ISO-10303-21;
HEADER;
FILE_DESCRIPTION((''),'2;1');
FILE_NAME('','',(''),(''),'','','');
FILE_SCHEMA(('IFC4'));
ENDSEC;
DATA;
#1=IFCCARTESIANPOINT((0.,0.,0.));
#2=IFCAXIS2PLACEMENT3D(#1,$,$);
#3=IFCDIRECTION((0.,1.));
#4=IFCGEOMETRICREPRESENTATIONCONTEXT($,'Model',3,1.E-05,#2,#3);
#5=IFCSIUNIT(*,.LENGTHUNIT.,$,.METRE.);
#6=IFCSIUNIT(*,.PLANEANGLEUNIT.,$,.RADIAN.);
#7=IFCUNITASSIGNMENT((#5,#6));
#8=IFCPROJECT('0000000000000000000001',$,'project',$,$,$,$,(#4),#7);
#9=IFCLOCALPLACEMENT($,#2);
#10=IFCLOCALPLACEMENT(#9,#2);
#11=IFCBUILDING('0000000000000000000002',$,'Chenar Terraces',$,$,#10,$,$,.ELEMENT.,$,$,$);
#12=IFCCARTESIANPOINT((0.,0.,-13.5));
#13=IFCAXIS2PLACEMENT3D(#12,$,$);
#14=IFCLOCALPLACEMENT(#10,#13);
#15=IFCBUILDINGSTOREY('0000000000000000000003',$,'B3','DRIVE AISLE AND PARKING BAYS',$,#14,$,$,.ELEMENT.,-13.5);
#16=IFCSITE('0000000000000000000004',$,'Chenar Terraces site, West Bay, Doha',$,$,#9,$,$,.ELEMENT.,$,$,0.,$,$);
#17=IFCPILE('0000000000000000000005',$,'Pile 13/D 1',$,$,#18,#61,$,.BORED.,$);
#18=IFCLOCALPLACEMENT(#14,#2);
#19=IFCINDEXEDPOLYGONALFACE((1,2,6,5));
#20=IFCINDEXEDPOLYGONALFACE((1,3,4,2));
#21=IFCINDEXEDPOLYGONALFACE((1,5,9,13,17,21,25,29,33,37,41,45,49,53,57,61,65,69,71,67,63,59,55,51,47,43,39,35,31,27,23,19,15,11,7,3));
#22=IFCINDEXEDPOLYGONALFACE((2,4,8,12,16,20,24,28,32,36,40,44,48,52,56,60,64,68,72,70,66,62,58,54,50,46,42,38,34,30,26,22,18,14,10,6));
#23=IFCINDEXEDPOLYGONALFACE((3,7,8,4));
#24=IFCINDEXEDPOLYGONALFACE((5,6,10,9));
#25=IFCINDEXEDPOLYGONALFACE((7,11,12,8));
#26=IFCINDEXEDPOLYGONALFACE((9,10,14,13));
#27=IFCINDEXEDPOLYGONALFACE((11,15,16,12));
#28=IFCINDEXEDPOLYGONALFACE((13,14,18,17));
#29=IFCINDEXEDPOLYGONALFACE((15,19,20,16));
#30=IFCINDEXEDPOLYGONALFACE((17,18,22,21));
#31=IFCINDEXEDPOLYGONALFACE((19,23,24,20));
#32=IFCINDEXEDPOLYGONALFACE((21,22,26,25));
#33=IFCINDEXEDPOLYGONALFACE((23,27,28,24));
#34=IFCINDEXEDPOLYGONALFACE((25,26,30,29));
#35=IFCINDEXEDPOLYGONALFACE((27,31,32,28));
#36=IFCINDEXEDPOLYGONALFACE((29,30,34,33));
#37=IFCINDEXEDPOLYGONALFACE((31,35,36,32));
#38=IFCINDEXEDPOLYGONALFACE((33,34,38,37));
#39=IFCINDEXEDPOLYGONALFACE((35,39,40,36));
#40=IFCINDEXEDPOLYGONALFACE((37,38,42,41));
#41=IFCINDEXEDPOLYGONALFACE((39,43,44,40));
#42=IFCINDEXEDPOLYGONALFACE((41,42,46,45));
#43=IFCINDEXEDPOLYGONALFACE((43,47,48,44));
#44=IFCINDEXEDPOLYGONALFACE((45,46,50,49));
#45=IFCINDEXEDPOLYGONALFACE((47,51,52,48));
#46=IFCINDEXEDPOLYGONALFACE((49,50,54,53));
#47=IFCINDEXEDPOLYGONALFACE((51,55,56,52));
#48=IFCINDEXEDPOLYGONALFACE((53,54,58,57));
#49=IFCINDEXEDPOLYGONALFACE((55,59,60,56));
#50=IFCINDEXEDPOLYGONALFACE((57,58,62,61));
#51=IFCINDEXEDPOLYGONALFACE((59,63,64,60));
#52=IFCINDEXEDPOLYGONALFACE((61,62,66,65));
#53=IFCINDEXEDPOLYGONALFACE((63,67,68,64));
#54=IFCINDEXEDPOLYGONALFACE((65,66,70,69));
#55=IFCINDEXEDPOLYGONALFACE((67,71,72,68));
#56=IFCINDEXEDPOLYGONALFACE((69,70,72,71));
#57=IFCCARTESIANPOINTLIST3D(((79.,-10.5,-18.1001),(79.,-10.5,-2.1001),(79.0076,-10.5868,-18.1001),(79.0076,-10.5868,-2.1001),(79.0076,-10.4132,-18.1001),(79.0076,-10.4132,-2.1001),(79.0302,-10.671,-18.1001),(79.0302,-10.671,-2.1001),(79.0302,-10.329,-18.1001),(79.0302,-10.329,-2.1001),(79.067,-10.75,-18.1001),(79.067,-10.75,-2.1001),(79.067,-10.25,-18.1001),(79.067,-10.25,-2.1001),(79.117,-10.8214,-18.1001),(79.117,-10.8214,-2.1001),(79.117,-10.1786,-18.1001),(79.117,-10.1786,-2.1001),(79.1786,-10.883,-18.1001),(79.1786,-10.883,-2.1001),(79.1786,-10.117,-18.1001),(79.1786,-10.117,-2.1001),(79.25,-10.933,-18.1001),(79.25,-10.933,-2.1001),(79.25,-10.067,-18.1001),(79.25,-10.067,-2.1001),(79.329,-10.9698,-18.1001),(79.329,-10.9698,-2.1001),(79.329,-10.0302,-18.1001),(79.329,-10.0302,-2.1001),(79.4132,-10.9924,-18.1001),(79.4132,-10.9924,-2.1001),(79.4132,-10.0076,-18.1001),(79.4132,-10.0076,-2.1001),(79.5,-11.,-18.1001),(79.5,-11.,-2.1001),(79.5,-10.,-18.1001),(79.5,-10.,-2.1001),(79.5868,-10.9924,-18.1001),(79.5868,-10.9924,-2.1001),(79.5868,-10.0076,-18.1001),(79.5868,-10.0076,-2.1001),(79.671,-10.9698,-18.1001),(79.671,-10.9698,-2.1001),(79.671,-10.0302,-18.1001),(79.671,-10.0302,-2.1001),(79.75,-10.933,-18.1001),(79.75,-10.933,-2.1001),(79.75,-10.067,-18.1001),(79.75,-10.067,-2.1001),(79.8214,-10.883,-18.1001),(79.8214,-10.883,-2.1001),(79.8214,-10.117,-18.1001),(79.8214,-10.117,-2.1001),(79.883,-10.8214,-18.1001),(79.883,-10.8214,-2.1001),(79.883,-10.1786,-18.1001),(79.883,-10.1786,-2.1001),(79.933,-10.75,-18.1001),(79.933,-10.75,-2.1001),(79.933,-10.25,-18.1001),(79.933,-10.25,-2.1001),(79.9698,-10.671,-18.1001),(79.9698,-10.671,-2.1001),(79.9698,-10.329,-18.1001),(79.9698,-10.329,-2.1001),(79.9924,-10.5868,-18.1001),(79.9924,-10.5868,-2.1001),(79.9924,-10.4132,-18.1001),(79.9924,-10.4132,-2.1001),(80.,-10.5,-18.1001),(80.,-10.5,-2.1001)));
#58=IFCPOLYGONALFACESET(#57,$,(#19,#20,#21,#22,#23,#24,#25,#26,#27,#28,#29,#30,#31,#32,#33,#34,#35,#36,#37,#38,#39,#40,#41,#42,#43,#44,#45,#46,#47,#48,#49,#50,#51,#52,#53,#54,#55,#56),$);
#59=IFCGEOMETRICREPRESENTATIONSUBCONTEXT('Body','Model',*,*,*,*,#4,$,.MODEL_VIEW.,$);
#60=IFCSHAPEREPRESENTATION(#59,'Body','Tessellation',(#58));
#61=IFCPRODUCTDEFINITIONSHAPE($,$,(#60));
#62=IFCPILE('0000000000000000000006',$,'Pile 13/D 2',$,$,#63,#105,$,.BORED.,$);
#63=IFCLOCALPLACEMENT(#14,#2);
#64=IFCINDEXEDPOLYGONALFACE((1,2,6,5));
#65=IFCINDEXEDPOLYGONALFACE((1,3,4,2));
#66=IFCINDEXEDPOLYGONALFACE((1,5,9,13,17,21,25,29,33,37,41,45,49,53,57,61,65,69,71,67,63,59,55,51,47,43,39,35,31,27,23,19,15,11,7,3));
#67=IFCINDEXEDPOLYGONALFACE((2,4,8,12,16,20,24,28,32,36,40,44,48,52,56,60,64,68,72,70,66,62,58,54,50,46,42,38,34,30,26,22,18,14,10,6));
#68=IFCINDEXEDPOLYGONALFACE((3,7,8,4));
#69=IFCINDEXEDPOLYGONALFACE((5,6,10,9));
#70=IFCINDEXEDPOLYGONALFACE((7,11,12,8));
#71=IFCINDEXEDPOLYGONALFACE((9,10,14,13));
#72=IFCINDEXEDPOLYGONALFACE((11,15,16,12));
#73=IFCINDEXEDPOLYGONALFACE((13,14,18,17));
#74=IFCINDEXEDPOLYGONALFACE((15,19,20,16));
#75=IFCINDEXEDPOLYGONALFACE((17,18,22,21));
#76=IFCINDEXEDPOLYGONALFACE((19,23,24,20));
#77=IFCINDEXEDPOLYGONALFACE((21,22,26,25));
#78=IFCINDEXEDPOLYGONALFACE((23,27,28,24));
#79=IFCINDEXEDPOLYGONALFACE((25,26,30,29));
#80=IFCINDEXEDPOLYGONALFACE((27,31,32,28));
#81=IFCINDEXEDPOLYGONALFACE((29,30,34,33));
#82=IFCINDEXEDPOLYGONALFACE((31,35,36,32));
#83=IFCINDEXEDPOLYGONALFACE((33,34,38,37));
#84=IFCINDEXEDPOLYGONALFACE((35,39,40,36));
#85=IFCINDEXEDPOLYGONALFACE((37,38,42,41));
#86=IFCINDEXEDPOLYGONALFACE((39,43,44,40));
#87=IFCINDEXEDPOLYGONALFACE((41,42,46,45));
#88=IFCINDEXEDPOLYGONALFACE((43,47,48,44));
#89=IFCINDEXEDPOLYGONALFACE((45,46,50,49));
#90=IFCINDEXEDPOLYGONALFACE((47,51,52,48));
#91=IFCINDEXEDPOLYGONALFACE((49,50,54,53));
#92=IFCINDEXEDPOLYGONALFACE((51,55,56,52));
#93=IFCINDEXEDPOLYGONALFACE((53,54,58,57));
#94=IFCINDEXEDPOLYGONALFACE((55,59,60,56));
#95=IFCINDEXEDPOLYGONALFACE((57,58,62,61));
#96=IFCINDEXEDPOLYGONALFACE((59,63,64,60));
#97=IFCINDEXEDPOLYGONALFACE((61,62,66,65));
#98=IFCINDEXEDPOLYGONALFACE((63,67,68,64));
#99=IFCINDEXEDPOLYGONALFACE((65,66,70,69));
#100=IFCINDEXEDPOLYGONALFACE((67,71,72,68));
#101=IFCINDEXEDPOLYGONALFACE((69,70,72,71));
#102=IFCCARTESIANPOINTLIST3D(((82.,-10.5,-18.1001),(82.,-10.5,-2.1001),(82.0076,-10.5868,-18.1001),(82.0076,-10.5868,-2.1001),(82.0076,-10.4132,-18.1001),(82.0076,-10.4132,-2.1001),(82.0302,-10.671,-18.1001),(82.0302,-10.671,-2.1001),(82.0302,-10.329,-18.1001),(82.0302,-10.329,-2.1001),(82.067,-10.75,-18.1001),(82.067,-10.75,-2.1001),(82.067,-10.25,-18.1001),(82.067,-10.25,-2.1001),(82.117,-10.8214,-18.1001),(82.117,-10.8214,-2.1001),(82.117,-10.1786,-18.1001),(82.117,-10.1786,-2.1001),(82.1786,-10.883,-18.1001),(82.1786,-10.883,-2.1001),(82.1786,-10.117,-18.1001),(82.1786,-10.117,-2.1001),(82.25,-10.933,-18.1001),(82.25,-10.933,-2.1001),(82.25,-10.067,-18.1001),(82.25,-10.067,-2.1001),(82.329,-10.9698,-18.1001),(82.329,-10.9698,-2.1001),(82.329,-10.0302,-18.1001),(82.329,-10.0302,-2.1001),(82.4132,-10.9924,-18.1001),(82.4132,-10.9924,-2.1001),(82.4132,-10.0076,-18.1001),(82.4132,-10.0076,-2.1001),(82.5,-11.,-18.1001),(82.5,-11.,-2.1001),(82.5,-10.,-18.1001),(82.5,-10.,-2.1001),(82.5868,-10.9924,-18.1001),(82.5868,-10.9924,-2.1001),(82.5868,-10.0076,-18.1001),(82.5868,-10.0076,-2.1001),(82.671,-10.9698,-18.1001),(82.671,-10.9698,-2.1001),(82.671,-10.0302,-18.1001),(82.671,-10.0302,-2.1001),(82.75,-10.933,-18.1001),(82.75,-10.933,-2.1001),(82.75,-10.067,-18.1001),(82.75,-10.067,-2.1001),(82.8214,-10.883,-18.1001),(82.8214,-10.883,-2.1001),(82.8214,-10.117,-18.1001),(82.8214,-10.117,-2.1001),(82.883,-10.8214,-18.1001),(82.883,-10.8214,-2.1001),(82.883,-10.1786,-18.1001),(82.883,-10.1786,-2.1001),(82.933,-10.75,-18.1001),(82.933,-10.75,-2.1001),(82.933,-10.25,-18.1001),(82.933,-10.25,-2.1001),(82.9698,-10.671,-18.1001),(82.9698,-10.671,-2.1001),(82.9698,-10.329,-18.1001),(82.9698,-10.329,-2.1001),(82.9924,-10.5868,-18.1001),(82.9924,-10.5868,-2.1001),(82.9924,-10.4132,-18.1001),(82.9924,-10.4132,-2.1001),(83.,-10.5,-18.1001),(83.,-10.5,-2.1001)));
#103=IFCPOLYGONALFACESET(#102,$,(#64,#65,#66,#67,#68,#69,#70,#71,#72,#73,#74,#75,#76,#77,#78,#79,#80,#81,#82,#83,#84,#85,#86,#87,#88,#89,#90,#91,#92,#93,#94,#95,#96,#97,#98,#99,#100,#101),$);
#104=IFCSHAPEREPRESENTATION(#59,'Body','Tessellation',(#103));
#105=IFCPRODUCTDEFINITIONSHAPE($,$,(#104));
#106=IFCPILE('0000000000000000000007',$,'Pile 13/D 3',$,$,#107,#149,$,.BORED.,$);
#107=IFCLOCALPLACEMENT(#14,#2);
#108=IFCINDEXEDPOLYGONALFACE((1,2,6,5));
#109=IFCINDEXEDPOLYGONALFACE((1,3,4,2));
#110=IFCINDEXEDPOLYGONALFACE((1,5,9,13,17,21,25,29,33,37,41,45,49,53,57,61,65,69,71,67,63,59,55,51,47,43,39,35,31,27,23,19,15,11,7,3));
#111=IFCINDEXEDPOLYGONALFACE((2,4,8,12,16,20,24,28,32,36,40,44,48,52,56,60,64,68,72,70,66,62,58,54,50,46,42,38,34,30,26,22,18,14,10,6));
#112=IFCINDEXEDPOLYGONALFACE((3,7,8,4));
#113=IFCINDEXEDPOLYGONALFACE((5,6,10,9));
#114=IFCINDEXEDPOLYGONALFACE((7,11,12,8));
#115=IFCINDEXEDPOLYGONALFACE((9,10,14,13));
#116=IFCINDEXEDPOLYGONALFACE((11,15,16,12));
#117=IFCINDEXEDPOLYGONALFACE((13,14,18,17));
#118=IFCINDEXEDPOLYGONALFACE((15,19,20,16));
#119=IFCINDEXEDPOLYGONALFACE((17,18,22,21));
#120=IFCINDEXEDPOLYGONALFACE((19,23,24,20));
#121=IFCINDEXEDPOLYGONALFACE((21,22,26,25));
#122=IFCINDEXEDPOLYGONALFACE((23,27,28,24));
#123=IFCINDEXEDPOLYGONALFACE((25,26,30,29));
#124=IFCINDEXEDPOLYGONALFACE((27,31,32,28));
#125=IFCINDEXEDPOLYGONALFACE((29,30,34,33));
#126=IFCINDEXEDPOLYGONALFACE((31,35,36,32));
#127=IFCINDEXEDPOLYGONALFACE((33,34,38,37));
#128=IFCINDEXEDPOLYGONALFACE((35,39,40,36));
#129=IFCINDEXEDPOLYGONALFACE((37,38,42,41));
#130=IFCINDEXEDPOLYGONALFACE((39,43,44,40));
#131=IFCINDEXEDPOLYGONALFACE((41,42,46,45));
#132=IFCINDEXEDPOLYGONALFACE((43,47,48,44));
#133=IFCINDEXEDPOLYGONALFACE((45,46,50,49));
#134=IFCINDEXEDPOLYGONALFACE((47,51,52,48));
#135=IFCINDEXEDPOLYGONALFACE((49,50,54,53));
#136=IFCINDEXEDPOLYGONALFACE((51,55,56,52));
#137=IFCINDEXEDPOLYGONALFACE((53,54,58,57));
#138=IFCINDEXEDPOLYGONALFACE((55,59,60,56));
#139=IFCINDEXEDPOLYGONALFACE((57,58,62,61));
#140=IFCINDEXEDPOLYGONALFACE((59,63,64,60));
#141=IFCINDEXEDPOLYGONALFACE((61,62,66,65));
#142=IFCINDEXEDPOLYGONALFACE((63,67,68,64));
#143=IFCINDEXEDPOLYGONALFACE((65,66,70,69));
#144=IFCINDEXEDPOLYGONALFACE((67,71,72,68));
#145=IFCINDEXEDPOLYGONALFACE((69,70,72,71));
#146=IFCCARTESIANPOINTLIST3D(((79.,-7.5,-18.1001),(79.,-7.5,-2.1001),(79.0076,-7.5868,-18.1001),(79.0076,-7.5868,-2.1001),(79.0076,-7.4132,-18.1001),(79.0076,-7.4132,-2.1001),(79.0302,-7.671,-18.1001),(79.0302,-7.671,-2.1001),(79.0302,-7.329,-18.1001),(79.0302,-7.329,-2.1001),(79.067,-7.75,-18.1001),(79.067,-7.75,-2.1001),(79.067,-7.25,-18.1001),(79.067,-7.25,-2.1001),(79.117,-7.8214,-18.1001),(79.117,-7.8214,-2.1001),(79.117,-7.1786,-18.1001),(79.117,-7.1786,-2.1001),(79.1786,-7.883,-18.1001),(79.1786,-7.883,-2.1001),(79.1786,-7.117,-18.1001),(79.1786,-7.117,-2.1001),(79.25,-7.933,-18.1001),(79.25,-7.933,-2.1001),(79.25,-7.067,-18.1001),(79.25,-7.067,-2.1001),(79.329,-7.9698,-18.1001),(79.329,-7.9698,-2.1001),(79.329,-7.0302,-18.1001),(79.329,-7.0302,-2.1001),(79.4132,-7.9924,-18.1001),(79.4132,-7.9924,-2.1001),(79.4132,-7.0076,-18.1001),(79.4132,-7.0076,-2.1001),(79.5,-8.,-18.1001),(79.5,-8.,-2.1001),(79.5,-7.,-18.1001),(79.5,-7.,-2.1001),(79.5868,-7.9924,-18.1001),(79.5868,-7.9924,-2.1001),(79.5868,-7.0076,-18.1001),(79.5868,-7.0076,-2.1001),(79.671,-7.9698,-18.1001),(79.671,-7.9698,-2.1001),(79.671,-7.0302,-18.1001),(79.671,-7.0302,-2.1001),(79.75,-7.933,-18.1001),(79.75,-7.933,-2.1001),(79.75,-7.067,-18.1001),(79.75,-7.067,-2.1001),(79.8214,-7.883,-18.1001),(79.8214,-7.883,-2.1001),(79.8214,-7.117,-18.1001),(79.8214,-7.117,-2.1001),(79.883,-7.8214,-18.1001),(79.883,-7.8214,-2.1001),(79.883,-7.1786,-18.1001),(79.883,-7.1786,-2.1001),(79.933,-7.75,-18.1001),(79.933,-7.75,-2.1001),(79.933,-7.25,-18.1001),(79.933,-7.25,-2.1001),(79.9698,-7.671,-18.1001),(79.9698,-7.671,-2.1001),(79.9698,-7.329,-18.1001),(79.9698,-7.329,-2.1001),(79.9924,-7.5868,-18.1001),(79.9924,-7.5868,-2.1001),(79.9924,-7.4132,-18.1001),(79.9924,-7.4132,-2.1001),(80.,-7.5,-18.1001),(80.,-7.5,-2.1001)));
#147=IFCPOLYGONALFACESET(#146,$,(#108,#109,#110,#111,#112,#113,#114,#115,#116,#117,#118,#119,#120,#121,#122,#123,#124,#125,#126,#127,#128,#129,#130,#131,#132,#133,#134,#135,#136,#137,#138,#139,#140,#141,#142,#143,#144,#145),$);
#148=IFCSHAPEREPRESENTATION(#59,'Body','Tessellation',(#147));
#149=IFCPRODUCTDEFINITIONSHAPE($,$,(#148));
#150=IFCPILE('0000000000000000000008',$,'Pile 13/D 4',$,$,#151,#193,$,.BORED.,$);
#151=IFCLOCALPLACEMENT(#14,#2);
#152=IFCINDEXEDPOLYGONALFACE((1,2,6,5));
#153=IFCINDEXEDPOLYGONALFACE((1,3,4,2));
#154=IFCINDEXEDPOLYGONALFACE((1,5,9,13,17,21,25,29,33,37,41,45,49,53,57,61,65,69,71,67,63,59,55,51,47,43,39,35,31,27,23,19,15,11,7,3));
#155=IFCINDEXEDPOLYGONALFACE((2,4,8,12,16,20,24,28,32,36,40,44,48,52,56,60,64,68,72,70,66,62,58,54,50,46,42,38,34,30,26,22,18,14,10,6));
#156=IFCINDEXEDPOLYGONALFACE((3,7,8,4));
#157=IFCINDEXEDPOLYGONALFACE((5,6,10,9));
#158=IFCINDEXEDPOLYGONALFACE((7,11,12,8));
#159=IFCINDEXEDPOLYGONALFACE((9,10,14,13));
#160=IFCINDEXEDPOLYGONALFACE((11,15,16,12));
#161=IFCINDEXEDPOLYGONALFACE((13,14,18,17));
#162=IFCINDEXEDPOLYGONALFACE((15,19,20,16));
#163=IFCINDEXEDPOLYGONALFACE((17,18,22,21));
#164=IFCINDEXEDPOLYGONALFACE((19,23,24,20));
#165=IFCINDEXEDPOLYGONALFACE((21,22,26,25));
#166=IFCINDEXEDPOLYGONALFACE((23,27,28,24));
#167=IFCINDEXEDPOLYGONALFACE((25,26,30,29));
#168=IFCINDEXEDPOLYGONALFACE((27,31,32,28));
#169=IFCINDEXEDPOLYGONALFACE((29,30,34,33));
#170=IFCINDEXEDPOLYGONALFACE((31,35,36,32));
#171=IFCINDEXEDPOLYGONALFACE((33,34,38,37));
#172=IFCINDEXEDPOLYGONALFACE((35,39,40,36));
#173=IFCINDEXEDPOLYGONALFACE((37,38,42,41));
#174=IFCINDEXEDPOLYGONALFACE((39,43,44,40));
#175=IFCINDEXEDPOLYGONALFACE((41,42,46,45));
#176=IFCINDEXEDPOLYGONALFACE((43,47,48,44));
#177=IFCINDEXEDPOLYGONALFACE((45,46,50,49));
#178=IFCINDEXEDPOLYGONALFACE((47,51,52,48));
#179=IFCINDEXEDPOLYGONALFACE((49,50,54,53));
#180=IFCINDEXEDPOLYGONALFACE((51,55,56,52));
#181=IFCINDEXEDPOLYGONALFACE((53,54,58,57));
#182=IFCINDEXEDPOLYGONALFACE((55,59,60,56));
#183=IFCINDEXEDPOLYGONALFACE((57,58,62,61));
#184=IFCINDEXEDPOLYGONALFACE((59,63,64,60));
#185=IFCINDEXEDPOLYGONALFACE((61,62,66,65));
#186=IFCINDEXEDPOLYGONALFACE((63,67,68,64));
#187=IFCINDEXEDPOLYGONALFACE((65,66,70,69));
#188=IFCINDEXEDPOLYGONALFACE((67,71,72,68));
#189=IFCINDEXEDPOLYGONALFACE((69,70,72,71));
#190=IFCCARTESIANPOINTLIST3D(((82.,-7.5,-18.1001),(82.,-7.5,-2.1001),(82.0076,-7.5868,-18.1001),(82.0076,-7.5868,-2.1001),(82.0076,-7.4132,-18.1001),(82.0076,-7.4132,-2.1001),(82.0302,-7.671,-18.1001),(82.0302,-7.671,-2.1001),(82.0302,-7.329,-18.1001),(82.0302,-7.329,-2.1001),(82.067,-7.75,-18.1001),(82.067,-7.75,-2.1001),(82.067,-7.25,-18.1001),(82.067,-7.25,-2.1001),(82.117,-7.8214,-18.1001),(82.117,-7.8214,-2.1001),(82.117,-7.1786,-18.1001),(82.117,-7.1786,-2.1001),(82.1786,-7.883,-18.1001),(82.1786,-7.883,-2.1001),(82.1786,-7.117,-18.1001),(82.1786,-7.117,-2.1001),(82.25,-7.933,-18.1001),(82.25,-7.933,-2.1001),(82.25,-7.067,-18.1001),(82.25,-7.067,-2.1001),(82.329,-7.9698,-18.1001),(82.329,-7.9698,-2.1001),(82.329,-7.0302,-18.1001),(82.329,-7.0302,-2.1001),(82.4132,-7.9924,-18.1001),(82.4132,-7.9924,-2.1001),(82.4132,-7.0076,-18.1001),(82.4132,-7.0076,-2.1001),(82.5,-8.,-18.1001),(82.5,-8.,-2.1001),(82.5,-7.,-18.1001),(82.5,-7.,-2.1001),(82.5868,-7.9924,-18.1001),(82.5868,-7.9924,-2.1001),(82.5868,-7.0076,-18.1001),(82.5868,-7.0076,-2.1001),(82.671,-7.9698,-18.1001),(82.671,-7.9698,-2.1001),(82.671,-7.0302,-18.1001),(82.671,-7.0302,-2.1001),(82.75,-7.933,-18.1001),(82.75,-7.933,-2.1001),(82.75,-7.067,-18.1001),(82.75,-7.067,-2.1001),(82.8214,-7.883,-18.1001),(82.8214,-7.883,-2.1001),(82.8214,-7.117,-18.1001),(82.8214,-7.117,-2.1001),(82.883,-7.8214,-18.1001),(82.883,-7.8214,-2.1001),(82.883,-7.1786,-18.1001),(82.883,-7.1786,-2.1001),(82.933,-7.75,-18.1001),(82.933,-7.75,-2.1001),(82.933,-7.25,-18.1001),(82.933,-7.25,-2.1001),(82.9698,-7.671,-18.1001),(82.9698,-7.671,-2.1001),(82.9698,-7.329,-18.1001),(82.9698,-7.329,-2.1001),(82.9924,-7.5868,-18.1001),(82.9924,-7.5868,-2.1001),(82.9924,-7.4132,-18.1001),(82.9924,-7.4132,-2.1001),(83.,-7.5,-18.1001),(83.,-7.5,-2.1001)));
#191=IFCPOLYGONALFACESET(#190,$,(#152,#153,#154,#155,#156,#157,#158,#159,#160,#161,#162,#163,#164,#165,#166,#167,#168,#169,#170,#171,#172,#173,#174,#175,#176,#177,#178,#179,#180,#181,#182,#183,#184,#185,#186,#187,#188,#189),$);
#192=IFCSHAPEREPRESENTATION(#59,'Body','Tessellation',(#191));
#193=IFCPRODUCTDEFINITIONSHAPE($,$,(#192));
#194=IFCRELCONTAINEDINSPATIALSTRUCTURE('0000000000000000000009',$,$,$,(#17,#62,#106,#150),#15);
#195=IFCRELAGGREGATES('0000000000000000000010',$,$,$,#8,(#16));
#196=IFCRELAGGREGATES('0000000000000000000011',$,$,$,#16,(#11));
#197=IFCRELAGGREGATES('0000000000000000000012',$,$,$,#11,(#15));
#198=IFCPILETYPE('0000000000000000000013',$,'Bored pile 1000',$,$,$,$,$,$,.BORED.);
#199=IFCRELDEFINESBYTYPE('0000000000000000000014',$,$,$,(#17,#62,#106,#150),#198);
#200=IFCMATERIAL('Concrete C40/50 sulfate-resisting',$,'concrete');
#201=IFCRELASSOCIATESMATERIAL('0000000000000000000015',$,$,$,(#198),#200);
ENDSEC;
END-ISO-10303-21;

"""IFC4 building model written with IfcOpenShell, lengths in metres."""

from ifc_helpers import new_model, si_unit, direction, frame, origin, origin_2d, place, context, subcontext, project, spatial, circle, extrude, material, material_profile, profile_set, type_object, element, save


model = new_model("IFC4")

# Units and contexts
model_context = context("Model", 3, precision=1e-05, world=origin(), true_north=direction((0.0, 1.0)))
body_context = subcontext(model_context, "Body", "Model", "MODEL_VIEW")
ifc_project = project(units=[si_unit("LENGTHUNIT", "METRE"), si_unit("PLANEANGLEUNIT", "RADIAN")], contexts=[model_context])

# Site, building, storey
site_placement = place(None, origin())
site = spatial("IfcSite", under=ifc_project, at=site_placement, Name="Chenar Terraces site, West Bay, Doha", CompositionType="ELEMENT", RefElevation=0.0)
building_placement = place(site_placement, origin())
building = spatial("IfcBuilding", under=site, at=building_placement, Name="Chenar Terraces", CompositionType="ELEMENT")
storey_placement = place(building_placement, frame((0.0, 0.0, -13.5)))
storey = spatial("IfcBuildingStorey", under=building, at=storey_placement, Name="B3", Description="DRIVE AISLE AND PARKING BAYS", CompositionType="ELEMENT", Elevation=-13.5)

# Piles
ifc_material_1 = material(Name="Concrete C40/50 sulfate-resisting", Category="concrete")
ifc_material_profile_1 = material_profile(ifc_material_1, circle(Radius=0.5, at=origin_2d()), Name="BP 1000")
ifc_profile_set_1 = profile_set([ifc_material_profile_1], Name="Concrete C40/50 sulfate-resisting")
pile_type_1 = type_object("IfcPileType", Name="Bored pile 1000", PredefinedType="BORED", material=ifc_profile_set_1)
for number, where, z_axis, x_axis, name in (
    (1, (79.5, -10.5, -2.1001), (0.0, 0.0, -1.0), (1.0, 0.0, 0.0), "Pile 13/D 1"),
    (2, (82.5, -10.5, -2.1001), (0.0, 0.0, -1.0), (1.0, 0.0, 0.0), "Pile 13/D 2"),
    (3, (79.5, -7.5, -2.1001), (0.0, 0.0, -1.0), (1.0, 0.0, 0.0), "Pile 13/D 3"),
    (4, (82.5, -7.5, -2.1001), (0.0, 0.0, -1.0), (1.0, 0.0, 0.0), "Pile 13/D 4"),
):
    element("IfcPile", number, at=place(storey_placement, frame(where, z_axis=z_axis, x_axis=x_axis)), inside=storey, type_object=pile_type_1, Name=name, PredefinedType="BORED", context=body_context, shape_type="SweptSolid", body=[
        extrude(circle(Radius=0.5, at=origin_2d()), origin(), (0.0, 0.0, 1.0), 16.0),
    ])

save(model, "model.ifc")
